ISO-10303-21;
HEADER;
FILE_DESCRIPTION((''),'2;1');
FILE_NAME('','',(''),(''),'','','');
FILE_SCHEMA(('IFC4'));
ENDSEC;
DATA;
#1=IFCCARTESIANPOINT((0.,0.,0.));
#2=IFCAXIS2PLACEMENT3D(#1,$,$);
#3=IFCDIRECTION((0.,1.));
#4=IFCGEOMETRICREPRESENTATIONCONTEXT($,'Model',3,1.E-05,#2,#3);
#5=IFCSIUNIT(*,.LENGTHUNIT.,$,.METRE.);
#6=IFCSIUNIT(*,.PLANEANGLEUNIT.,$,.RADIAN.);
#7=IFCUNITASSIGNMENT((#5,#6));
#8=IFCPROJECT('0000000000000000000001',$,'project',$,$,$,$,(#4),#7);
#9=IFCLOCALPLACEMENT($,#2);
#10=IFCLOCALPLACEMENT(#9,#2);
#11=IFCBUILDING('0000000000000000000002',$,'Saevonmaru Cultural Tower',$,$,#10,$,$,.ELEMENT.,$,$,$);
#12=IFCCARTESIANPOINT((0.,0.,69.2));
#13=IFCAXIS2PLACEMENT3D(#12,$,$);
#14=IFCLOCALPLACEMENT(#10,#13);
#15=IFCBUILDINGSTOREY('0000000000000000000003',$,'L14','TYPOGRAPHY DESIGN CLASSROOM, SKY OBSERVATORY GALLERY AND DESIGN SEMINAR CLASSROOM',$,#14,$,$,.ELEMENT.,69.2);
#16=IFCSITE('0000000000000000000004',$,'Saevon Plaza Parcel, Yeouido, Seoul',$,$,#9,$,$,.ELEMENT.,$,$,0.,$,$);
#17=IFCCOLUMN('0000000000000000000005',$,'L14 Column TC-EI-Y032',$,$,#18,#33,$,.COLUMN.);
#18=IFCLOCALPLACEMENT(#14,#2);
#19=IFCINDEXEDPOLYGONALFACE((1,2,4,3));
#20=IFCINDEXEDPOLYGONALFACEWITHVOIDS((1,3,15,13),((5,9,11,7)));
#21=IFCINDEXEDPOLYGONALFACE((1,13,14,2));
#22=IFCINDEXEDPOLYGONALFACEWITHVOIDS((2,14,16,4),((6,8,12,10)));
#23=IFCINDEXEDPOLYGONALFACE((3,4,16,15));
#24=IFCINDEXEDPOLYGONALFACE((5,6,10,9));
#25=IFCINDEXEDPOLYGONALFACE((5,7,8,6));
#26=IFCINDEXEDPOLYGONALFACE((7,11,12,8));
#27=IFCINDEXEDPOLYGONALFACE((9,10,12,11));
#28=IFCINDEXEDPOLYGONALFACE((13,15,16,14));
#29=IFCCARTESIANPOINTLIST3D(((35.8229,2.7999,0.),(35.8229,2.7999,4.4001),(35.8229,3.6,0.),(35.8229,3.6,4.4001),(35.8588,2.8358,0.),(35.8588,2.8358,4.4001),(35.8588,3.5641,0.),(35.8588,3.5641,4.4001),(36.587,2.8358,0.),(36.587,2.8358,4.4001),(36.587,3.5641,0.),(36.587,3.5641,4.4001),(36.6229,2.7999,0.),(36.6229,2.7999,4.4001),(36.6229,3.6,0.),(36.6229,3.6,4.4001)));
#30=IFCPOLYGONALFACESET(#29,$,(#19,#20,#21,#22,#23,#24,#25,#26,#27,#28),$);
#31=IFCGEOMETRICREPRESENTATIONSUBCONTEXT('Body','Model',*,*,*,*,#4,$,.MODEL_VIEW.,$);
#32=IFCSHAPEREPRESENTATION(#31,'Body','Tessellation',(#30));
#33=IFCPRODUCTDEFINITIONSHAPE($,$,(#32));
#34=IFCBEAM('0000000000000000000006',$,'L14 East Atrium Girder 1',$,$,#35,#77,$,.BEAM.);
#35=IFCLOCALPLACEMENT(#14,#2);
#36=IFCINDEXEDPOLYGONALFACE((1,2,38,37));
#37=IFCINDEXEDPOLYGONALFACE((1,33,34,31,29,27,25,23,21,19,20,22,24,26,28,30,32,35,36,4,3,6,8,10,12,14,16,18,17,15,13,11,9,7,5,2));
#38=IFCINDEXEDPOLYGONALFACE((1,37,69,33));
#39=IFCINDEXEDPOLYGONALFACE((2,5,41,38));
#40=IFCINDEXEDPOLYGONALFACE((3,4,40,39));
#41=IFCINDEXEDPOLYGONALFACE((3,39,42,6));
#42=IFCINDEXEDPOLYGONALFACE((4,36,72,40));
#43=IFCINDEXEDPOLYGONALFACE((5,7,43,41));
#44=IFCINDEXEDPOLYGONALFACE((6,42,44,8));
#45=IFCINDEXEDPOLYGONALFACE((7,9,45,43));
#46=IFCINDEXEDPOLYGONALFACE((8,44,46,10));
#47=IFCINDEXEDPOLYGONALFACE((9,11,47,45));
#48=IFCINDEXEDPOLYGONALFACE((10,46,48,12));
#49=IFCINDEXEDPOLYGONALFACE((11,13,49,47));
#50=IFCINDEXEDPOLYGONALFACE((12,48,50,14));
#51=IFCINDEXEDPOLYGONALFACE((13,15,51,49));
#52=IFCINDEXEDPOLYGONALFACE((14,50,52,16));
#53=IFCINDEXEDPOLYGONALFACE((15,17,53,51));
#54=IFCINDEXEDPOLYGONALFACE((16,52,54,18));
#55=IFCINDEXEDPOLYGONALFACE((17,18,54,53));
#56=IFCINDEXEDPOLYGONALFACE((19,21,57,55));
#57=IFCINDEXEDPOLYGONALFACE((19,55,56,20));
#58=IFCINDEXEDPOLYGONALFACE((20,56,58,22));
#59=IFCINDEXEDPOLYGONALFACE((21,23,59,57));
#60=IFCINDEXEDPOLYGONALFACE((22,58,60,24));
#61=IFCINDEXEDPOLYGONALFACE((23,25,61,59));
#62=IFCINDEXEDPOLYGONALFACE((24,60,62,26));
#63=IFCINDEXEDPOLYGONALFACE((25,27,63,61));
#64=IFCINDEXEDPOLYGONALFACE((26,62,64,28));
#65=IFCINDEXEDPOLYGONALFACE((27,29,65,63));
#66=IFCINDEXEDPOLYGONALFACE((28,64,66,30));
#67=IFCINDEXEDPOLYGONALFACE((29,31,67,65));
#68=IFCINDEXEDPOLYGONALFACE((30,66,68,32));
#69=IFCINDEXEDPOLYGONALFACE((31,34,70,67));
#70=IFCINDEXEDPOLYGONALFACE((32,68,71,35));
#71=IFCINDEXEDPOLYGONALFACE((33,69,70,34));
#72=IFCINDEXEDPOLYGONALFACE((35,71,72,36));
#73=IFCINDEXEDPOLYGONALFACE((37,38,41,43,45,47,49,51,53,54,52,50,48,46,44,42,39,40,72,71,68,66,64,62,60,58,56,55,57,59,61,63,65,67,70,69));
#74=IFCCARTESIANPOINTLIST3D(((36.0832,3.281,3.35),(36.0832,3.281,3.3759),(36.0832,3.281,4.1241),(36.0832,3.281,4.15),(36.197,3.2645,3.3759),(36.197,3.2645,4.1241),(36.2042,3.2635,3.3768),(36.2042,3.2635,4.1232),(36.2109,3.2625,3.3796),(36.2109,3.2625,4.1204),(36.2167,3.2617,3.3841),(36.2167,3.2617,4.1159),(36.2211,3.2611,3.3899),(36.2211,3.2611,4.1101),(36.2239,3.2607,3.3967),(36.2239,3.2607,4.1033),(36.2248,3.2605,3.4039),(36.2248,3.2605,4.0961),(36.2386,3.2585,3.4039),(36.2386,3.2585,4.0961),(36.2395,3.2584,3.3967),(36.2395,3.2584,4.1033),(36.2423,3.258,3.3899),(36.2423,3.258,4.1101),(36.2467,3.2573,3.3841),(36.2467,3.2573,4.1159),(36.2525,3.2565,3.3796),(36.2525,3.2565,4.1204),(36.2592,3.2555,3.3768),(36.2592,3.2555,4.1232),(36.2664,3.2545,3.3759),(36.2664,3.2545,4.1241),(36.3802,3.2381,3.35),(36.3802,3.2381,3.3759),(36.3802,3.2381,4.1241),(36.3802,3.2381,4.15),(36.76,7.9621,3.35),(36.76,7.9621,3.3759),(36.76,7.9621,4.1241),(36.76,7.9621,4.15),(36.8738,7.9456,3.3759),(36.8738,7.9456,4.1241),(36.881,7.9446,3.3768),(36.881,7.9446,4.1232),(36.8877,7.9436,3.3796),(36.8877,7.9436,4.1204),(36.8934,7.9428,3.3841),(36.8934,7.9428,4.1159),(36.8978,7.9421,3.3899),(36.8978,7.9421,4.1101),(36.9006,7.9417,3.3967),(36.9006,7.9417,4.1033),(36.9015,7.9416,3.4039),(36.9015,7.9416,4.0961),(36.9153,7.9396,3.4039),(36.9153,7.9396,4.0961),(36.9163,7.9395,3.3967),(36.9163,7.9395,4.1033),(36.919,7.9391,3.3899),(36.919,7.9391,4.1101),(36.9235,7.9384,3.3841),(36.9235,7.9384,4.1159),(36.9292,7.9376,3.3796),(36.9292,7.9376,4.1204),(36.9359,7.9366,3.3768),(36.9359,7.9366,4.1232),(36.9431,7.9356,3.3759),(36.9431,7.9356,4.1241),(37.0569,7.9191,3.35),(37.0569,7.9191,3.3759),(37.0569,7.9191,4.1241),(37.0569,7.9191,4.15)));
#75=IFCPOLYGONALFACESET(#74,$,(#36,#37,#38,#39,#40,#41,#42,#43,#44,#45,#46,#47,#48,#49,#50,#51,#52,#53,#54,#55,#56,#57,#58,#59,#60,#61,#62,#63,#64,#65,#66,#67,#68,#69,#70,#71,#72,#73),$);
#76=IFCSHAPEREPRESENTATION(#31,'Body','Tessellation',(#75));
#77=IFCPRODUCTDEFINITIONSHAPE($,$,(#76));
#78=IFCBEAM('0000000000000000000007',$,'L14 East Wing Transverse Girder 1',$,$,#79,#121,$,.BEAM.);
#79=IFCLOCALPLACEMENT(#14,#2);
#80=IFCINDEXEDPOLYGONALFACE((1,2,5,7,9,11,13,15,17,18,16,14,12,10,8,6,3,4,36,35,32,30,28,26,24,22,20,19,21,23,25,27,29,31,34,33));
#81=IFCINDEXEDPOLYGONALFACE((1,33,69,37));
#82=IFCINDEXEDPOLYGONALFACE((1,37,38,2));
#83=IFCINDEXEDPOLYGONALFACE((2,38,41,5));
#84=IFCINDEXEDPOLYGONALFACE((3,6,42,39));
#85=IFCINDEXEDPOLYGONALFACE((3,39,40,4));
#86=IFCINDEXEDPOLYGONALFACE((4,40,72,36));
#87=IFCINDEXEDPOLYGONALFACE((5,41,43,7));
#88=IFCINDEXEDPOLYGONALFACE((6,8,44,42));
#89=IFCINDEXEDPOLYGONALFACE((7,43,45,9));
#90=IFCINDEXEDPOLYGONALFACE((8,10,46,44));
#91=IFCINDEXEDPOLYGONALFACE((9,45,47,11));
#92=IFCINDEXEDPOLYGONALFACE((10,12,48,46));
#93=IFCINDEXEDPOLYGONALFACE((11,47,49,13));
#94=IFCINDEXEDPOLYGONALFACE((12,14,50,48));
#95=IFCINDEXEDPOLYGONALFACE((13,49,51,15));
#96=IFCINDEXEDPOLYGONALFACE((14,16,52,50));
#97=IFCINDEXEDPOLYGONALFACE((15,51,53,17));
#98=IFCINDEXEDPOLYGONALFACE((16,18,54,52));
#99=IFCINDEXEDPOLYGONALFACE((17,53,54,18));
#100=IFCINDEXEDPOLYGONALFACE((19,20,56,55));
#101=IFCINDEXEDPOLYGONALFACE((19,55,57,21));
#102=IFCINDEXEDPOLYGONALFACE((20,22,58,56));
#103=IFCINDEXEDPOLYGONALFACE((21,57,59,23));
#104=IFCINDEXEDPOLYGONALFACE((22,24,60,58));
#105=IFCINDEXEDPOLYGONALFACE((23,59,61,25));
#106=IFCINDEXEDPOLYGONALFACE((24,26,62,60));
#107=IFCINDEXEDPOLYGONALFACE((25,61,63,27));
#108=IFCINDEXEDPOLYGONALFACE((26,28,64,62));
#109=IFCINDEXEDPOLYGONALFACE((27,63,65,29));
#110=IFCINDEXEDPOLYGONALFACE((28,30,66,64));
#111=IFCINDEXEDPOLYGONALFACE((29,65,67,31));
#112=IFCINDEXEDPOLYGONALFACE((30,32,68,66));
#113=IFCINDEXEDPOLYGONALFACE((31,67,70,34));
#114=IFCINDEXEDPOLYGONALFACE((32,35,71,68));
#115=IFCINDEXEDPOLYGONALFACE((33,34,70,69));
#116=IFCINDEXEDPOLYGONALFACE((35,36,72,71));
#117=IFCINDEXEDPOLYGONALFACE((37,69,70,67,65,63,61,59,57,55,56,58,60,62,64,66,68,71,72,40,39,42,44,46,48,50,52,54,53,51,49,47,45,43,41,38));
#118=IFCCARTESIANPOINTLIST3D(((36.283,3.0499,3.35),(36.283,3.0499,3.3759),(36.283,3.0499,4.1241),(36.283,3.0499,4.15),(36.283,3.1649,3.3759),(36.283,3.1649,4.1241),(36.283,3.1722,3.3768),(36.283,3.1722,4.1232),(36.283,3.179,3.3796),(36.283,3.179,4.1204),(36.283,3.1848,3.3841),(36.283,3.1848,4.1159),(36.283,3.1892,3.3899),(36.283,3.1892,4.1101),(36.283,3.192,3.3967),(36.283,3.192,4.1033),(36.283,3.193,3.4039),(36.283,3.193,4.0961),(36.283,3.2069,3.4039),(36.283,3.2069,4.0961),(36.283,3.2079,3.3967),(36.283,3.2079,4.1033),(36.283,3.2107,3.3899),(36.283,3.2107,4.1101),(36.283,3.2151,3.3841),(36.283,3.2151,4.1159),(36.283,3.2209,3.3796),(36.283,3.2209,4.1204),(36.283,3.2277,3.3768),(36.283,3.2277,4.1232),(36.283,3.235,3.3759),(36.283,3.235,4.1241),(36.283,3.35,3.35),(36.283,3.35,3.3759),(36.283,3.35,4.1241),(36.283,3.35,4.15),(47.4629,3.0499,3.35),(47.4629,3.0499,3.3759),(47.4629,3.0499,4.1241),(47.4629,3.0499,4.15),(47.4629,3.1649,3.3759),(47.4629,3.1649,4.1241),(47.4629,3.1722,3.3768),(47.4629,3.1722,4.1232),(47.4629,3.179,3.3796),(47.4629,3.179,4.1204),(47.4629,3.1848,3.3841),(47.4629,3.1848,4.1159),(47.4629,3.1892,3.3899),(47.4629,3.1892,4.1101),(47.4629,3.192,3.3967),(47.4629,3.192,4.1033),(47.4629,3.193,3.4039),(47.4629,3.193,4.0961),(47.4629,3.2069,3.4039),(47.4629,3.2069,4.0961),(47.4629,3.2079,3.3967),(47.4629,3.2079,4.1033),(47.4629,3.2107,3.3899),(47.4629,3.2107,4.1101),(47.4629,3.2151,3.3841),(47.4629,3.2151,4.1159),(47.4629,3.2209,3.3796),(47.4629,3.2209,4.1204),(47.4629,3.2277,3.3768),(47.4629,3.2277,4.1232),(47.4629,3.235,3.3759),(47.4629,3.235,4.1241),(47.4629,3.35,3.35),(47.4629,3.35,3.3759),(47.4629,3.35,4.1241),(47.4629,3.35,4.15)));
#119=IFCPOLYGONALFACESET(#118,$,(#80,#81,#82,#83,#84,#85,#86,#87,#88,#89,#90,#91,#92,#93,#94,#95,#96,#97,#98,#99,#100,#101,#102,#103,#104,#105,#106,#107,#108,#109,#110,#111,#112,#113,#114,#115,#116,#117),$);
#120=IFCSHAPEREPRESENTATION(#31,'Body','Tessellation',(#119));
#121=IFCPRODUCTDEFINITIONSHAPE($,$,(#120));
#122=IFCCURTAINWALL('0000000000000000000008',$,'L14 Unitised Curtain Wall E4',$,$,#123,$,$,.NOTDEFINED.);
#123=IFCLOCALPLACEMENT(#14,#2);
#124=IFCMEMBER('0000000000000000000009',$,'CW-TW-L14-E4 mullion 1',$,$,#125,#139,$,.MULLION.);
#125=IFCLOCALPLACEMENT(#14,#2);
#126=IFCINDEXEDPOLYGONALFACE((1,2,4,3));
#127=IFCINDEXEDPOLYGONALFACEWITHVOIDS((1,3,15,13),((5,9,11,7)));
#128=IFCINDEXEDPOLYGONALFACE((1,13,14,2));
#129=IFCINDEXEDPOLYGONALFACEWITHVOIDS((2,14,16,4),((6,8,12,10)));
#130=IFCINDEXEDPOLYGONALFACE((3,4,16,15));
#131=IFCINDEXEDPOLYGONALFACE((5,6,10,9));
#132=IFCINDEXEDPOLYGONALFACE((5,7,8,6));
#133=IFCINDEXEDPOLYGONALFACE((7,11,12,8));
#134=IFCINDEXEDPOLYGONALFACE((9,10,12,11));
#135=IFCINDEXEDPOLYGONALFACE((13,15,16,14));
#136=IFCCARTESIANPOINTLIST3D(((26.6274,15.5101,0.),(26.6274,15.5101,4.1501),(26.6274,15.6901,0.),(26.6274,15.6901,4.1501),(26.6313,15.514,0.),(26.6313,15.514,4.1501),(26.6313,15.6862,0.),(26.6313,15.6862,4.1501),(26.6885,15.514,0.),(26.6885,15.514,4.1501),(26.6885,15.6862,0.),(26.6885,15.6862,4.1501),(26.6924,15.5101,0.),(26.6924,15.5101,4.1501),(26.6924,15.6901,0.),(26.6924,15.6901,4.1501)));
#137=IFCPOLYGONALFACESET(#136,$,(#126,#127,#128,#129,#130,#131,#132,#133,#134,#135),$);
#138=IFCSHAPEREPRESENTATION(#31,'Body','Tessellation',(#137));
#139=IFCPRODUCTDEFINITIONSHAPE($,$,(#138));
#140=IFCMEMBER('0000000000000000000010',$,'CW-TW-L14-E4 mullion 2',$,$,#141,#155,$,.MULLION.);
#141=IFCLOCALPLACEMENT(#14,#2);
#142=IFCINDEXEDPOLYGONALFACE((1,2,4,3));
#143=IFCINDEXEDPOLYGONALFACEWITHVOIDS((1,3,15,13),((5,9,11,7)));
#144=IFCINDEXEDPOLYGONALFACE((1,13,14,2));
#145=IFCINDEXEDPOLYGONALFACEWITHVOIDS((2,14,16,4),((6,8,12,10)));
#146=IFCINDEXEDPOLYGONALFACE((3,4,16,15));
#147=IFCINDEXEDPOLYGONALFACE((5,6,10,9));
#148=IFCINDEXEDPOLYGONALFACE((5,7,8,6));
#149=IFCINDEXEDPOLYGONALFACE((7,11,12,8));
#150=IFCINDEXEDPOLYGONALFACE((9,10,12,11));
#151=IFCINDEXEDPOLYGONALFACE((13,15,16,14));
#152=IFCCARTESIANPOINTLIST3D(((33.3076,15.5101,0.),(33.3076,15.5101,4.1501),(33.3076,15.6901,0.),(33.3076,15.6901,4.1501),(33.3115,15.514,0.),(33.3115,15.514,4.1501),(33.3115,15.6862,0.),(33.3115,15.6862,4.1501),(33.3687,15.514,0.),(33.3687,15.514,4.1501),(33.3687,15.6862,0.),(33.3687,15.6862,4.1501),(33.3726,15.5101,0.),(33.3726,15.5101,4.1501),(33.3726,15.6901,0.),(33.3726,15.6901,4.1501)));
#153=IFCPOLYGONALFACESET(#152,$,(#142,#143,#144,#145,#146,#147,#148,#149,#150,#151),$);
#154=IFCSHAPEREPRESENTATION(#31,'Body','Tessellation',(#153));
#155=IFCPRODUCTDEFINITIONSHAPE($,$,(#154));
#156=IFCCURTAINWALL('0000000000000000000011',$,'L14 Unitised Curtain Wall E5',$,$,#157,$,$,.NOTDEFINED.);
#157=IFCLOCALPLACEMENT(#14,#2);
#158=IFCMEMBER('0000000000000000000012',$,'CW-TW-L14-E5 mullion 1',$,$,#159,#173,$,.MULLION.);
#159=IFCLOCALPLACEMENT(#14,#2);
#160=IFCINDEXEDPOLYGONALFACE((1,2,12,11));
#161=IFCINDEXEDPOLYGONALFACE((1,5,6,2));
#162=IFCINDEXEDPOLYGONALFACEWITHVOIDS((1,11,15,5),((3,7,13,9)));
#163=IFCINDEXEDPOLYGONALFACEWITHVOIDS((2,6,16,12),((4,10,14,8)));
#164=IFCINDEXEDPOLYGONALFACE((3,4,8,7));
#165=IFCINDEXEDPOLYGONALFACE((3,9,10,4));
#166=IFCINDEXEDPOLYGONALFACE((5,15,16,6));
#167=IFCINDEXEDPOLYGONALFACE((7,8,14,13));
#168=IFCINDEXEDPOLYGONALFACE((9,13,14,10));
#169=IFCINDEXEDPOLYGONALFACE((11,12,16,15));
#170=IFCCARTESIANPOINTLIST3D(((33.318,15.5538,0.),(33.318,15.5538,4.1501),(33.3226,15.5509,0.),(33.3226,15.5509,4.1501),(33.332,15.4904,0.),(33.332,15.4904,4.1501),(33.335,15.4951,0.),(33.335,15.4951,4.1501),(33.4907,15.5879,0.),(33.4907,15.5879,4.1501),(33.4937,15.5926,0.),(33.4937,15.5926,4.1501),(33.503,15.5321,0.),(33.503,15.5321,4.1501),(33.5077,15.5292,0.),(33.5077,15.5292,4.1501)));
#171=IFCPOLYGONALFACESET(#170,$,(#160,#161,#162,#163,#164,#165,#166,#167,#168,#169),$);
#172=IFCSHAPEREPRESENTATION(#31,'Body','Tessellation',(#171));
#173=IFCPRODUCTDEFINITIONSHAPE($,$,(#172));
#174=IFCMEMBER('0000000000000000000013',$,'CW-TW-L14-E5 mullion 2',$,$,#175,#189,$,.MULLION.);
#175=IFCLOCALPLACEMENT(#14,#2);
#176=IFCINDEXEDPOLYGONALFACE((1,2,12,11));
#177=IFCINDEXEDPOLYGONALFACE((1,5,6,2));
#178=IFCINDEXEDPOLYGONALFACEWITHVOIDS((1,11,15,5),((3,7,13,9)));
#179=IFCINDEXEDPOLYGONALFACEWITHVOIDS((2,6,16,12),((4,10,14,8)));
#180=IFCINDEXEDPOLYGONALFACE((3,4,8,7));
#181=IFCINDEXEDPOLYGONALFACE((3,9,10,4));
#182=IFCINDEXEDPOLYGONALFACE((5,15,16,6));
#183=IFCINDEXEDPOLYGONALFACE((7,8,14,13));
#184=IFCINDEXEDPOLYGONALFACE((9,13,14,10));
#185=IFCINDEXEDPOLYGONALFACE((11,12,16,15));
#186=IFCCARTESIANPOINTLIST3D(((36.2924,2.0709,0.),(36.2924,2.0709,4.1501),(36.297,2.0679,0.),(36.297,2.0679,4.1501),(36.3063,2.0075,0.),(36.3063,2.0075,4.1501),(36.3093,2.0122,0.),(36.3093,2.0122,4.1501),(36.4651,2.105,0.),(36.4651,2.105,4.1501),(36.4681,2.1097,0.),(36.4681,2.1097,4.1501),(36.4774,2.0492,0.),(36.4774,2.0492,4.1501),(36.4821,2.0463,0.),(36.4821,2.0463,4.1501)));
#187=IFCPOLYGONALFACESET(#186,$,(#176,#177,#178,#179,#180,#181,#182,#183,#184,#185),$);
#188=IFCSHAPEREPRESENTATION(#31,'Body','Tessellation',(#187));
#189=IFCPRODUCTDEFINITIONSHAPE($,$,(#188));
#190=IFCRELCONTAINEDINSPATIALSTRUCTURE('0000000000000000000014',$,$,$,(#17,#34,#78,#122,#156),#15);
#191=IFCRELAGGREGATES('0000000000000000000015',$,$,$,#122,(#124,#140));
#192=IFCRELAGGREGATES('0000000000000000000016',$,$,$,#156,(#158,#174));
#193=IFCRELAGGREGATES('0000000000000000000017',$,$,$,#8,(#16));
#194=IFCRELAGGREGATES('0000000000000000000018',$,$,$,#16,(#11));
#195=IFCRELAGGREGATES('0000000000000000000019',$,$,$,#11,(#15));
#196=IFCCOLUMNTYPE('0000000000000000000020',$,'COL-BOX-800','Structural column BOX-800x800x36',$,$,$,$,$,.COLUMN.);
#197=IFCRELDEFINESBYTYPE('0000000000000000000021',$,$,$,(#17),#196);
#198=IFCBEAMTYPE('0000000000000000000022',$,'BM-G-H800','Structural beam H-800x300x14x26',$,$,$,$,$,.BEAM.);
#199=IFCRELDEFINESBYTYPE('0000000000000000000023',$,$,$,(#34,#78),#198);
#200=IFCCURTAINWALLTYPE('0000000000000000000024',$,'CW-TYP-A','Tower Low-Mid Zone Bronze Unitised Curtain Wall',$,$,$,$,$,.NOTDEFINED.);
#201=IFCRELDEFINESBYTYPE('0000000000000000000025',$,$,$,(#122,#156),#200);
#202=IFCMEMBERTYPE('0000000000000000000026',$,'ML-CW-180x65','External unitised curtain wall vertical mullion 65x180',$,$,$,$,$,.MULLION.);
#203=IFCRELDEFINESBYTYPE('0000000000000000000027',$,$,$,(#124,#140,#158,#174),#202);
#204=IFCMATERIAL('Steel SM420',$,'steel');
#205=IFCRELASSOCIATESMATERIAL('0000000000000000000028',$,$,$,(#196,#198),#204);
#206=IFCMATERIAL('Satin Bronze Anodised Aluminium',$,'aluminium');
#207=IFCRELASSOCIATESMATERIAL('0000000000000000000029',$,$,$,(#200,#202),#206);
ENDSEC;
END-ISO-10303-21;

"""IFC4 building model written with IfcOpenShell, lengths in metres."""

from ifc_helpers import new_model, si_unit, direction, frame, origin, origin_2d, place, context, subcontext, project, spatial, hollow_rectangle, i_section, extrude, material, material_profile, profile_set, type_object, element, aggregate, save


model = new_model("IFC4")

# Units and contexts
model_context = context("Model", 3, precision=1e-05, world=origin(), true_north=direction((0.0, 1.0)))
body_context = subcontext(model_context, "Body", "Model", "MODEL_VIEW")
ifc_project = project(units=[si_unit("LENGTHUNIT", "METRE"), si_unit("PLANEANGLEUNIT", "RADIAN")], contexts=[model_context])

# Site, building, storey
site_placement = place(None, origin())
site = spatial("IfcSite", under=ifc_project, at=site_placement, Name="Saevon Plaza Parcel, Yeouido, Seoul", CompositionType="ELEMENT", RefElevation=0.0)
building_placement = place(site_placement, origin())
building = spatial("IfcBuilding", under=site, at=building_placement, Name="Saevonmaru Cultural Tower", CompositionType="ELEMENT")
storey_placement = place(building_placement, frame((0.0, 0.0, 69.2)))
storey = spatial("IfcBuildingStorey", under=building, at=storey_placement, Name="L14", Description="TYPOGRAPHY DESIGN CLASSROOM, SKY OBSERVATORY GALLERY AND DESIGN SEMINAR CLASSROOM", CompositionType="ELEMENT", Elevation=69.2)

# Column
ifc_material_1 = material(Name="Steel SM420", Category="steel")
ifc_material_profile_1 = material_profile(ifc_material_1, hollow_rectangle(XDim=0.8, YDim=0.8, WallThickness=0.0359, at=origin_2d()), Name="BOX-800x800x36")
ifc_profile_set_1 = profile_set([ifc_material_profile_1], Name="Steel SM420")
column_type = type_object("IfcColumnType", Name="COL-BOX-800", Description="Structural column BOX-800x800x36", PredefinedType="COLUMN", material=ifc_profile_set_1)
column_placement = place(storey_placement, frame((36.2229, 3.2, 0.0), z_axis=(0.0, 0.0, 1.0), x_axis=(1.0, 0.0, 0.0)))
element("IfcColumn", 1, at=column_placement, inside=storey, type_object=column_type, Name="L14 Column TC-EI-Y032", PredefinedType="COLUMN", context=body_context, shape_type="SweptSolid", body=[
    extrude(hollow_rectangle(XDim=0.8, YDim=0.8, WallThickness=0.0359, at=origin_2d()), origin(), (0.0, 0.0, 1.0), 4.4001),
])

# Beams
ifc_material_profile_2 = material_profile(ifc_material_1, i_section(OverallWidth=0.3, OverallDepth=0.8, WebThickness=0.0139, FlangeThickness=0.0259, FilletRadius=0.0281, at=origin_2d()), Name="H-800x300x14x26")
ifc_profile_set_2 = profile_set([ifc_material_profile_2], Name="Steel SM420")
beam_type = type_object("IfcBeamType", Name="BM-G-H800", Description="Structural beam H-800x300x14x26", PredefinedType="BEAM", material=ifc_profile_set_2)
beam_1_placement = place(storey_placement, frame((36.2317, 3.2595, 3.75), z_axis=(0.143083, 0.989711, 0.0), x_axis=(-0.989711, 0.143083, 0.0)))
element("IfcBeam", 2, at=beam_1_placement, inside=storey, type_object=beam_type, Name="L14 East Atrium Girder 1", PredefinedType="BEAM", context=body_context, shape_type="SweptSolid", body=[
    extrude(i_section(OverallWidth=0.3, OverallDepth=0.8, WebThickness=0.0139, FlangeThickness=0.0259, FilletRadius=0.0281, at=origin_2d()), origin(), (0.0, 0.0, 1.0), 4.7297),
])
beam_2_placement = place(storey_placement, frame((36.283, 3.2, 3.75), z_axis=(1.0, 0.0, 0.0), x_axis=(0.0, 1.0, 0.0)))
element("IfcBeam", 3, at=beam_2_placement, inside=storey, type_object=beam_type, Name="L14 East Wing Transverse Girder 1", PredefinedType="BEAM", context=body_context, shape_type="SweptSolid", body=[
    extrude(i_section(OverallWidth=0.3, OverallDepth=0.8, WebThickness=0.0139, FlangeThickness=0.0259, FilletRadius=0.0281, at=origin_2d()), origin(), (0.0, 0.0, 1.0), 11.1799),
])

# Curtain walls, members
ifc_material_2 = material(Name="Satin Bronze Anodised Aluminium", Category="aluminium")
curtain_wall_type = type_object("IfcCurtainWallType", Name="CW-TYP-A", Description="Tower Low-Mid Zone Bronze Unitised Curtain Wall", PredefinedType="NOTDEFINED", material=ifc_material_2)
curtain_wall_1_placement = place(storey_placement, origin())
curtain_wall_1 = element("IfcCurtainWall", 4, at=curtain_wall_1_placement, inside=storey, type_object=curtain_wall_type, Name="L14 Unitised Curtain Wall E4", PredefinedType="NOTDEFINED")
ifc_material_profile_3 = material_profile(ifc_material_2, hollow_rectangle(XDim=0.0649, YDim=0.1799, WallThickness=0.0039, at=origin_2d()), Name="ALU-MULL-180x65x4")
ifc_profile_set_3 = profile_set([ifc_material_profile_3], Name="Satin Bronze Anodised Aluminium")
member_type_1 = type_object("IfcMemberType", Name="ML-CW-180x65", Description="External unitised curtain wall vertical mullion 65x180", PredefinedType="MULLION", material=ifc_profile_set_3)
member_1_placement = place(storey_placement, frame((26.6599, 15.6001, 0.0), z_axis=(0.0, 0.0, 1.0), x_axis=(1.0, 0.0, 0.0)))
member_1 = element("IfcMember", 5, at=member_1_placement, type_object=member_type_1, Name="CW-TW-L14-E4 mullion 1", PredefinedType="MULLION", context=body_context, shape_type="SweptSolid", body=[
    extrude(hollow_rectangle(XDim=0.0649, YDim=0.1799, WallThickness=0.0039, at=origin_2d()), origin(), (0.0, 0.0, 1.0), 4.1501),
])
member_2_placement = place(storey_placement, frame((33.3401, 15.6001, 0.0), z_axis=(0.0, 0.0, 1.0), x_axis=(1.0, 0.0, 0.0)))
member_2 = element("IfcMember", 6, at=member_2_placement, type_object=member_type_1, Name="CW-TW-L14-E4 mullion 2", PredefinedType="MULLION", context=body_context, shape_type="SweptSolid", body=[
    extrude(hollow_rectangle(XDim=0.0649, YDim=0.1799, WallThickness=0.0039, at=origin_2d()), origin(), (0.0, 0.0, 1.0), 4.1501),
])
curtain_wall_2_placement = place(storey_placement, origin())
curtain_wall_2 = element("IfcCurtainWall", 7, at=curtain_wall_2_placement, inside=storey, type_object=curtain_wall_type, Name="L14 Unitised Curtain Wall E5", PredefinedType="NOTDEFINED")
member_3_placement = place(storey_placement, frame((33.4128, 15.5415, 0.0), z_axis=(0.0, 0.0, 1.0), x_axis=(0.215413, -0.976523, 0.0)))
member_3 = element("IfcMember", 8, at=member_3_placement, type_object=member_type_1, Name="CW-TW-L14-E5 mullion 1", PredefinedType="MULLION", context=body_context, shape_type="SweptSolid", body=[
    extrude(hollow_rectangle(XDim=0.0649, YDim=0.1799, WallThickness=0.0039, at=origin_2d()), origin(), (0.0, 0.0, 1.0), 4.1501),
])
member_4_placement = place(storey_placement, frame((36.3872, 2.0586, 0.0), z_axis=(0.0, 0.0, 1.0), x_axis=(0.215413, -0.976523, 0.0)))
member_4 = element("IfcMember", 9, at=member_4_placement, type_object=member_type_1, Name="CW-TW-L14-E5 mullion 2", PredefinedType="MULLION", context=body_context, shape_type="SweptSolid", body=[
    extrude(hollow_rectangle(XDim=0.0649, YDim=0.1799, WallThickness=0.0039, at=origin_2d()), origin(), (0.0, 0.0, 1.0), 4.1501),
])

aggregate(curtain_wall_1, [member_1, member_2])
aggregate(curtain_wall_2, [member_3, member_4])

save(model, "model.ifc")
